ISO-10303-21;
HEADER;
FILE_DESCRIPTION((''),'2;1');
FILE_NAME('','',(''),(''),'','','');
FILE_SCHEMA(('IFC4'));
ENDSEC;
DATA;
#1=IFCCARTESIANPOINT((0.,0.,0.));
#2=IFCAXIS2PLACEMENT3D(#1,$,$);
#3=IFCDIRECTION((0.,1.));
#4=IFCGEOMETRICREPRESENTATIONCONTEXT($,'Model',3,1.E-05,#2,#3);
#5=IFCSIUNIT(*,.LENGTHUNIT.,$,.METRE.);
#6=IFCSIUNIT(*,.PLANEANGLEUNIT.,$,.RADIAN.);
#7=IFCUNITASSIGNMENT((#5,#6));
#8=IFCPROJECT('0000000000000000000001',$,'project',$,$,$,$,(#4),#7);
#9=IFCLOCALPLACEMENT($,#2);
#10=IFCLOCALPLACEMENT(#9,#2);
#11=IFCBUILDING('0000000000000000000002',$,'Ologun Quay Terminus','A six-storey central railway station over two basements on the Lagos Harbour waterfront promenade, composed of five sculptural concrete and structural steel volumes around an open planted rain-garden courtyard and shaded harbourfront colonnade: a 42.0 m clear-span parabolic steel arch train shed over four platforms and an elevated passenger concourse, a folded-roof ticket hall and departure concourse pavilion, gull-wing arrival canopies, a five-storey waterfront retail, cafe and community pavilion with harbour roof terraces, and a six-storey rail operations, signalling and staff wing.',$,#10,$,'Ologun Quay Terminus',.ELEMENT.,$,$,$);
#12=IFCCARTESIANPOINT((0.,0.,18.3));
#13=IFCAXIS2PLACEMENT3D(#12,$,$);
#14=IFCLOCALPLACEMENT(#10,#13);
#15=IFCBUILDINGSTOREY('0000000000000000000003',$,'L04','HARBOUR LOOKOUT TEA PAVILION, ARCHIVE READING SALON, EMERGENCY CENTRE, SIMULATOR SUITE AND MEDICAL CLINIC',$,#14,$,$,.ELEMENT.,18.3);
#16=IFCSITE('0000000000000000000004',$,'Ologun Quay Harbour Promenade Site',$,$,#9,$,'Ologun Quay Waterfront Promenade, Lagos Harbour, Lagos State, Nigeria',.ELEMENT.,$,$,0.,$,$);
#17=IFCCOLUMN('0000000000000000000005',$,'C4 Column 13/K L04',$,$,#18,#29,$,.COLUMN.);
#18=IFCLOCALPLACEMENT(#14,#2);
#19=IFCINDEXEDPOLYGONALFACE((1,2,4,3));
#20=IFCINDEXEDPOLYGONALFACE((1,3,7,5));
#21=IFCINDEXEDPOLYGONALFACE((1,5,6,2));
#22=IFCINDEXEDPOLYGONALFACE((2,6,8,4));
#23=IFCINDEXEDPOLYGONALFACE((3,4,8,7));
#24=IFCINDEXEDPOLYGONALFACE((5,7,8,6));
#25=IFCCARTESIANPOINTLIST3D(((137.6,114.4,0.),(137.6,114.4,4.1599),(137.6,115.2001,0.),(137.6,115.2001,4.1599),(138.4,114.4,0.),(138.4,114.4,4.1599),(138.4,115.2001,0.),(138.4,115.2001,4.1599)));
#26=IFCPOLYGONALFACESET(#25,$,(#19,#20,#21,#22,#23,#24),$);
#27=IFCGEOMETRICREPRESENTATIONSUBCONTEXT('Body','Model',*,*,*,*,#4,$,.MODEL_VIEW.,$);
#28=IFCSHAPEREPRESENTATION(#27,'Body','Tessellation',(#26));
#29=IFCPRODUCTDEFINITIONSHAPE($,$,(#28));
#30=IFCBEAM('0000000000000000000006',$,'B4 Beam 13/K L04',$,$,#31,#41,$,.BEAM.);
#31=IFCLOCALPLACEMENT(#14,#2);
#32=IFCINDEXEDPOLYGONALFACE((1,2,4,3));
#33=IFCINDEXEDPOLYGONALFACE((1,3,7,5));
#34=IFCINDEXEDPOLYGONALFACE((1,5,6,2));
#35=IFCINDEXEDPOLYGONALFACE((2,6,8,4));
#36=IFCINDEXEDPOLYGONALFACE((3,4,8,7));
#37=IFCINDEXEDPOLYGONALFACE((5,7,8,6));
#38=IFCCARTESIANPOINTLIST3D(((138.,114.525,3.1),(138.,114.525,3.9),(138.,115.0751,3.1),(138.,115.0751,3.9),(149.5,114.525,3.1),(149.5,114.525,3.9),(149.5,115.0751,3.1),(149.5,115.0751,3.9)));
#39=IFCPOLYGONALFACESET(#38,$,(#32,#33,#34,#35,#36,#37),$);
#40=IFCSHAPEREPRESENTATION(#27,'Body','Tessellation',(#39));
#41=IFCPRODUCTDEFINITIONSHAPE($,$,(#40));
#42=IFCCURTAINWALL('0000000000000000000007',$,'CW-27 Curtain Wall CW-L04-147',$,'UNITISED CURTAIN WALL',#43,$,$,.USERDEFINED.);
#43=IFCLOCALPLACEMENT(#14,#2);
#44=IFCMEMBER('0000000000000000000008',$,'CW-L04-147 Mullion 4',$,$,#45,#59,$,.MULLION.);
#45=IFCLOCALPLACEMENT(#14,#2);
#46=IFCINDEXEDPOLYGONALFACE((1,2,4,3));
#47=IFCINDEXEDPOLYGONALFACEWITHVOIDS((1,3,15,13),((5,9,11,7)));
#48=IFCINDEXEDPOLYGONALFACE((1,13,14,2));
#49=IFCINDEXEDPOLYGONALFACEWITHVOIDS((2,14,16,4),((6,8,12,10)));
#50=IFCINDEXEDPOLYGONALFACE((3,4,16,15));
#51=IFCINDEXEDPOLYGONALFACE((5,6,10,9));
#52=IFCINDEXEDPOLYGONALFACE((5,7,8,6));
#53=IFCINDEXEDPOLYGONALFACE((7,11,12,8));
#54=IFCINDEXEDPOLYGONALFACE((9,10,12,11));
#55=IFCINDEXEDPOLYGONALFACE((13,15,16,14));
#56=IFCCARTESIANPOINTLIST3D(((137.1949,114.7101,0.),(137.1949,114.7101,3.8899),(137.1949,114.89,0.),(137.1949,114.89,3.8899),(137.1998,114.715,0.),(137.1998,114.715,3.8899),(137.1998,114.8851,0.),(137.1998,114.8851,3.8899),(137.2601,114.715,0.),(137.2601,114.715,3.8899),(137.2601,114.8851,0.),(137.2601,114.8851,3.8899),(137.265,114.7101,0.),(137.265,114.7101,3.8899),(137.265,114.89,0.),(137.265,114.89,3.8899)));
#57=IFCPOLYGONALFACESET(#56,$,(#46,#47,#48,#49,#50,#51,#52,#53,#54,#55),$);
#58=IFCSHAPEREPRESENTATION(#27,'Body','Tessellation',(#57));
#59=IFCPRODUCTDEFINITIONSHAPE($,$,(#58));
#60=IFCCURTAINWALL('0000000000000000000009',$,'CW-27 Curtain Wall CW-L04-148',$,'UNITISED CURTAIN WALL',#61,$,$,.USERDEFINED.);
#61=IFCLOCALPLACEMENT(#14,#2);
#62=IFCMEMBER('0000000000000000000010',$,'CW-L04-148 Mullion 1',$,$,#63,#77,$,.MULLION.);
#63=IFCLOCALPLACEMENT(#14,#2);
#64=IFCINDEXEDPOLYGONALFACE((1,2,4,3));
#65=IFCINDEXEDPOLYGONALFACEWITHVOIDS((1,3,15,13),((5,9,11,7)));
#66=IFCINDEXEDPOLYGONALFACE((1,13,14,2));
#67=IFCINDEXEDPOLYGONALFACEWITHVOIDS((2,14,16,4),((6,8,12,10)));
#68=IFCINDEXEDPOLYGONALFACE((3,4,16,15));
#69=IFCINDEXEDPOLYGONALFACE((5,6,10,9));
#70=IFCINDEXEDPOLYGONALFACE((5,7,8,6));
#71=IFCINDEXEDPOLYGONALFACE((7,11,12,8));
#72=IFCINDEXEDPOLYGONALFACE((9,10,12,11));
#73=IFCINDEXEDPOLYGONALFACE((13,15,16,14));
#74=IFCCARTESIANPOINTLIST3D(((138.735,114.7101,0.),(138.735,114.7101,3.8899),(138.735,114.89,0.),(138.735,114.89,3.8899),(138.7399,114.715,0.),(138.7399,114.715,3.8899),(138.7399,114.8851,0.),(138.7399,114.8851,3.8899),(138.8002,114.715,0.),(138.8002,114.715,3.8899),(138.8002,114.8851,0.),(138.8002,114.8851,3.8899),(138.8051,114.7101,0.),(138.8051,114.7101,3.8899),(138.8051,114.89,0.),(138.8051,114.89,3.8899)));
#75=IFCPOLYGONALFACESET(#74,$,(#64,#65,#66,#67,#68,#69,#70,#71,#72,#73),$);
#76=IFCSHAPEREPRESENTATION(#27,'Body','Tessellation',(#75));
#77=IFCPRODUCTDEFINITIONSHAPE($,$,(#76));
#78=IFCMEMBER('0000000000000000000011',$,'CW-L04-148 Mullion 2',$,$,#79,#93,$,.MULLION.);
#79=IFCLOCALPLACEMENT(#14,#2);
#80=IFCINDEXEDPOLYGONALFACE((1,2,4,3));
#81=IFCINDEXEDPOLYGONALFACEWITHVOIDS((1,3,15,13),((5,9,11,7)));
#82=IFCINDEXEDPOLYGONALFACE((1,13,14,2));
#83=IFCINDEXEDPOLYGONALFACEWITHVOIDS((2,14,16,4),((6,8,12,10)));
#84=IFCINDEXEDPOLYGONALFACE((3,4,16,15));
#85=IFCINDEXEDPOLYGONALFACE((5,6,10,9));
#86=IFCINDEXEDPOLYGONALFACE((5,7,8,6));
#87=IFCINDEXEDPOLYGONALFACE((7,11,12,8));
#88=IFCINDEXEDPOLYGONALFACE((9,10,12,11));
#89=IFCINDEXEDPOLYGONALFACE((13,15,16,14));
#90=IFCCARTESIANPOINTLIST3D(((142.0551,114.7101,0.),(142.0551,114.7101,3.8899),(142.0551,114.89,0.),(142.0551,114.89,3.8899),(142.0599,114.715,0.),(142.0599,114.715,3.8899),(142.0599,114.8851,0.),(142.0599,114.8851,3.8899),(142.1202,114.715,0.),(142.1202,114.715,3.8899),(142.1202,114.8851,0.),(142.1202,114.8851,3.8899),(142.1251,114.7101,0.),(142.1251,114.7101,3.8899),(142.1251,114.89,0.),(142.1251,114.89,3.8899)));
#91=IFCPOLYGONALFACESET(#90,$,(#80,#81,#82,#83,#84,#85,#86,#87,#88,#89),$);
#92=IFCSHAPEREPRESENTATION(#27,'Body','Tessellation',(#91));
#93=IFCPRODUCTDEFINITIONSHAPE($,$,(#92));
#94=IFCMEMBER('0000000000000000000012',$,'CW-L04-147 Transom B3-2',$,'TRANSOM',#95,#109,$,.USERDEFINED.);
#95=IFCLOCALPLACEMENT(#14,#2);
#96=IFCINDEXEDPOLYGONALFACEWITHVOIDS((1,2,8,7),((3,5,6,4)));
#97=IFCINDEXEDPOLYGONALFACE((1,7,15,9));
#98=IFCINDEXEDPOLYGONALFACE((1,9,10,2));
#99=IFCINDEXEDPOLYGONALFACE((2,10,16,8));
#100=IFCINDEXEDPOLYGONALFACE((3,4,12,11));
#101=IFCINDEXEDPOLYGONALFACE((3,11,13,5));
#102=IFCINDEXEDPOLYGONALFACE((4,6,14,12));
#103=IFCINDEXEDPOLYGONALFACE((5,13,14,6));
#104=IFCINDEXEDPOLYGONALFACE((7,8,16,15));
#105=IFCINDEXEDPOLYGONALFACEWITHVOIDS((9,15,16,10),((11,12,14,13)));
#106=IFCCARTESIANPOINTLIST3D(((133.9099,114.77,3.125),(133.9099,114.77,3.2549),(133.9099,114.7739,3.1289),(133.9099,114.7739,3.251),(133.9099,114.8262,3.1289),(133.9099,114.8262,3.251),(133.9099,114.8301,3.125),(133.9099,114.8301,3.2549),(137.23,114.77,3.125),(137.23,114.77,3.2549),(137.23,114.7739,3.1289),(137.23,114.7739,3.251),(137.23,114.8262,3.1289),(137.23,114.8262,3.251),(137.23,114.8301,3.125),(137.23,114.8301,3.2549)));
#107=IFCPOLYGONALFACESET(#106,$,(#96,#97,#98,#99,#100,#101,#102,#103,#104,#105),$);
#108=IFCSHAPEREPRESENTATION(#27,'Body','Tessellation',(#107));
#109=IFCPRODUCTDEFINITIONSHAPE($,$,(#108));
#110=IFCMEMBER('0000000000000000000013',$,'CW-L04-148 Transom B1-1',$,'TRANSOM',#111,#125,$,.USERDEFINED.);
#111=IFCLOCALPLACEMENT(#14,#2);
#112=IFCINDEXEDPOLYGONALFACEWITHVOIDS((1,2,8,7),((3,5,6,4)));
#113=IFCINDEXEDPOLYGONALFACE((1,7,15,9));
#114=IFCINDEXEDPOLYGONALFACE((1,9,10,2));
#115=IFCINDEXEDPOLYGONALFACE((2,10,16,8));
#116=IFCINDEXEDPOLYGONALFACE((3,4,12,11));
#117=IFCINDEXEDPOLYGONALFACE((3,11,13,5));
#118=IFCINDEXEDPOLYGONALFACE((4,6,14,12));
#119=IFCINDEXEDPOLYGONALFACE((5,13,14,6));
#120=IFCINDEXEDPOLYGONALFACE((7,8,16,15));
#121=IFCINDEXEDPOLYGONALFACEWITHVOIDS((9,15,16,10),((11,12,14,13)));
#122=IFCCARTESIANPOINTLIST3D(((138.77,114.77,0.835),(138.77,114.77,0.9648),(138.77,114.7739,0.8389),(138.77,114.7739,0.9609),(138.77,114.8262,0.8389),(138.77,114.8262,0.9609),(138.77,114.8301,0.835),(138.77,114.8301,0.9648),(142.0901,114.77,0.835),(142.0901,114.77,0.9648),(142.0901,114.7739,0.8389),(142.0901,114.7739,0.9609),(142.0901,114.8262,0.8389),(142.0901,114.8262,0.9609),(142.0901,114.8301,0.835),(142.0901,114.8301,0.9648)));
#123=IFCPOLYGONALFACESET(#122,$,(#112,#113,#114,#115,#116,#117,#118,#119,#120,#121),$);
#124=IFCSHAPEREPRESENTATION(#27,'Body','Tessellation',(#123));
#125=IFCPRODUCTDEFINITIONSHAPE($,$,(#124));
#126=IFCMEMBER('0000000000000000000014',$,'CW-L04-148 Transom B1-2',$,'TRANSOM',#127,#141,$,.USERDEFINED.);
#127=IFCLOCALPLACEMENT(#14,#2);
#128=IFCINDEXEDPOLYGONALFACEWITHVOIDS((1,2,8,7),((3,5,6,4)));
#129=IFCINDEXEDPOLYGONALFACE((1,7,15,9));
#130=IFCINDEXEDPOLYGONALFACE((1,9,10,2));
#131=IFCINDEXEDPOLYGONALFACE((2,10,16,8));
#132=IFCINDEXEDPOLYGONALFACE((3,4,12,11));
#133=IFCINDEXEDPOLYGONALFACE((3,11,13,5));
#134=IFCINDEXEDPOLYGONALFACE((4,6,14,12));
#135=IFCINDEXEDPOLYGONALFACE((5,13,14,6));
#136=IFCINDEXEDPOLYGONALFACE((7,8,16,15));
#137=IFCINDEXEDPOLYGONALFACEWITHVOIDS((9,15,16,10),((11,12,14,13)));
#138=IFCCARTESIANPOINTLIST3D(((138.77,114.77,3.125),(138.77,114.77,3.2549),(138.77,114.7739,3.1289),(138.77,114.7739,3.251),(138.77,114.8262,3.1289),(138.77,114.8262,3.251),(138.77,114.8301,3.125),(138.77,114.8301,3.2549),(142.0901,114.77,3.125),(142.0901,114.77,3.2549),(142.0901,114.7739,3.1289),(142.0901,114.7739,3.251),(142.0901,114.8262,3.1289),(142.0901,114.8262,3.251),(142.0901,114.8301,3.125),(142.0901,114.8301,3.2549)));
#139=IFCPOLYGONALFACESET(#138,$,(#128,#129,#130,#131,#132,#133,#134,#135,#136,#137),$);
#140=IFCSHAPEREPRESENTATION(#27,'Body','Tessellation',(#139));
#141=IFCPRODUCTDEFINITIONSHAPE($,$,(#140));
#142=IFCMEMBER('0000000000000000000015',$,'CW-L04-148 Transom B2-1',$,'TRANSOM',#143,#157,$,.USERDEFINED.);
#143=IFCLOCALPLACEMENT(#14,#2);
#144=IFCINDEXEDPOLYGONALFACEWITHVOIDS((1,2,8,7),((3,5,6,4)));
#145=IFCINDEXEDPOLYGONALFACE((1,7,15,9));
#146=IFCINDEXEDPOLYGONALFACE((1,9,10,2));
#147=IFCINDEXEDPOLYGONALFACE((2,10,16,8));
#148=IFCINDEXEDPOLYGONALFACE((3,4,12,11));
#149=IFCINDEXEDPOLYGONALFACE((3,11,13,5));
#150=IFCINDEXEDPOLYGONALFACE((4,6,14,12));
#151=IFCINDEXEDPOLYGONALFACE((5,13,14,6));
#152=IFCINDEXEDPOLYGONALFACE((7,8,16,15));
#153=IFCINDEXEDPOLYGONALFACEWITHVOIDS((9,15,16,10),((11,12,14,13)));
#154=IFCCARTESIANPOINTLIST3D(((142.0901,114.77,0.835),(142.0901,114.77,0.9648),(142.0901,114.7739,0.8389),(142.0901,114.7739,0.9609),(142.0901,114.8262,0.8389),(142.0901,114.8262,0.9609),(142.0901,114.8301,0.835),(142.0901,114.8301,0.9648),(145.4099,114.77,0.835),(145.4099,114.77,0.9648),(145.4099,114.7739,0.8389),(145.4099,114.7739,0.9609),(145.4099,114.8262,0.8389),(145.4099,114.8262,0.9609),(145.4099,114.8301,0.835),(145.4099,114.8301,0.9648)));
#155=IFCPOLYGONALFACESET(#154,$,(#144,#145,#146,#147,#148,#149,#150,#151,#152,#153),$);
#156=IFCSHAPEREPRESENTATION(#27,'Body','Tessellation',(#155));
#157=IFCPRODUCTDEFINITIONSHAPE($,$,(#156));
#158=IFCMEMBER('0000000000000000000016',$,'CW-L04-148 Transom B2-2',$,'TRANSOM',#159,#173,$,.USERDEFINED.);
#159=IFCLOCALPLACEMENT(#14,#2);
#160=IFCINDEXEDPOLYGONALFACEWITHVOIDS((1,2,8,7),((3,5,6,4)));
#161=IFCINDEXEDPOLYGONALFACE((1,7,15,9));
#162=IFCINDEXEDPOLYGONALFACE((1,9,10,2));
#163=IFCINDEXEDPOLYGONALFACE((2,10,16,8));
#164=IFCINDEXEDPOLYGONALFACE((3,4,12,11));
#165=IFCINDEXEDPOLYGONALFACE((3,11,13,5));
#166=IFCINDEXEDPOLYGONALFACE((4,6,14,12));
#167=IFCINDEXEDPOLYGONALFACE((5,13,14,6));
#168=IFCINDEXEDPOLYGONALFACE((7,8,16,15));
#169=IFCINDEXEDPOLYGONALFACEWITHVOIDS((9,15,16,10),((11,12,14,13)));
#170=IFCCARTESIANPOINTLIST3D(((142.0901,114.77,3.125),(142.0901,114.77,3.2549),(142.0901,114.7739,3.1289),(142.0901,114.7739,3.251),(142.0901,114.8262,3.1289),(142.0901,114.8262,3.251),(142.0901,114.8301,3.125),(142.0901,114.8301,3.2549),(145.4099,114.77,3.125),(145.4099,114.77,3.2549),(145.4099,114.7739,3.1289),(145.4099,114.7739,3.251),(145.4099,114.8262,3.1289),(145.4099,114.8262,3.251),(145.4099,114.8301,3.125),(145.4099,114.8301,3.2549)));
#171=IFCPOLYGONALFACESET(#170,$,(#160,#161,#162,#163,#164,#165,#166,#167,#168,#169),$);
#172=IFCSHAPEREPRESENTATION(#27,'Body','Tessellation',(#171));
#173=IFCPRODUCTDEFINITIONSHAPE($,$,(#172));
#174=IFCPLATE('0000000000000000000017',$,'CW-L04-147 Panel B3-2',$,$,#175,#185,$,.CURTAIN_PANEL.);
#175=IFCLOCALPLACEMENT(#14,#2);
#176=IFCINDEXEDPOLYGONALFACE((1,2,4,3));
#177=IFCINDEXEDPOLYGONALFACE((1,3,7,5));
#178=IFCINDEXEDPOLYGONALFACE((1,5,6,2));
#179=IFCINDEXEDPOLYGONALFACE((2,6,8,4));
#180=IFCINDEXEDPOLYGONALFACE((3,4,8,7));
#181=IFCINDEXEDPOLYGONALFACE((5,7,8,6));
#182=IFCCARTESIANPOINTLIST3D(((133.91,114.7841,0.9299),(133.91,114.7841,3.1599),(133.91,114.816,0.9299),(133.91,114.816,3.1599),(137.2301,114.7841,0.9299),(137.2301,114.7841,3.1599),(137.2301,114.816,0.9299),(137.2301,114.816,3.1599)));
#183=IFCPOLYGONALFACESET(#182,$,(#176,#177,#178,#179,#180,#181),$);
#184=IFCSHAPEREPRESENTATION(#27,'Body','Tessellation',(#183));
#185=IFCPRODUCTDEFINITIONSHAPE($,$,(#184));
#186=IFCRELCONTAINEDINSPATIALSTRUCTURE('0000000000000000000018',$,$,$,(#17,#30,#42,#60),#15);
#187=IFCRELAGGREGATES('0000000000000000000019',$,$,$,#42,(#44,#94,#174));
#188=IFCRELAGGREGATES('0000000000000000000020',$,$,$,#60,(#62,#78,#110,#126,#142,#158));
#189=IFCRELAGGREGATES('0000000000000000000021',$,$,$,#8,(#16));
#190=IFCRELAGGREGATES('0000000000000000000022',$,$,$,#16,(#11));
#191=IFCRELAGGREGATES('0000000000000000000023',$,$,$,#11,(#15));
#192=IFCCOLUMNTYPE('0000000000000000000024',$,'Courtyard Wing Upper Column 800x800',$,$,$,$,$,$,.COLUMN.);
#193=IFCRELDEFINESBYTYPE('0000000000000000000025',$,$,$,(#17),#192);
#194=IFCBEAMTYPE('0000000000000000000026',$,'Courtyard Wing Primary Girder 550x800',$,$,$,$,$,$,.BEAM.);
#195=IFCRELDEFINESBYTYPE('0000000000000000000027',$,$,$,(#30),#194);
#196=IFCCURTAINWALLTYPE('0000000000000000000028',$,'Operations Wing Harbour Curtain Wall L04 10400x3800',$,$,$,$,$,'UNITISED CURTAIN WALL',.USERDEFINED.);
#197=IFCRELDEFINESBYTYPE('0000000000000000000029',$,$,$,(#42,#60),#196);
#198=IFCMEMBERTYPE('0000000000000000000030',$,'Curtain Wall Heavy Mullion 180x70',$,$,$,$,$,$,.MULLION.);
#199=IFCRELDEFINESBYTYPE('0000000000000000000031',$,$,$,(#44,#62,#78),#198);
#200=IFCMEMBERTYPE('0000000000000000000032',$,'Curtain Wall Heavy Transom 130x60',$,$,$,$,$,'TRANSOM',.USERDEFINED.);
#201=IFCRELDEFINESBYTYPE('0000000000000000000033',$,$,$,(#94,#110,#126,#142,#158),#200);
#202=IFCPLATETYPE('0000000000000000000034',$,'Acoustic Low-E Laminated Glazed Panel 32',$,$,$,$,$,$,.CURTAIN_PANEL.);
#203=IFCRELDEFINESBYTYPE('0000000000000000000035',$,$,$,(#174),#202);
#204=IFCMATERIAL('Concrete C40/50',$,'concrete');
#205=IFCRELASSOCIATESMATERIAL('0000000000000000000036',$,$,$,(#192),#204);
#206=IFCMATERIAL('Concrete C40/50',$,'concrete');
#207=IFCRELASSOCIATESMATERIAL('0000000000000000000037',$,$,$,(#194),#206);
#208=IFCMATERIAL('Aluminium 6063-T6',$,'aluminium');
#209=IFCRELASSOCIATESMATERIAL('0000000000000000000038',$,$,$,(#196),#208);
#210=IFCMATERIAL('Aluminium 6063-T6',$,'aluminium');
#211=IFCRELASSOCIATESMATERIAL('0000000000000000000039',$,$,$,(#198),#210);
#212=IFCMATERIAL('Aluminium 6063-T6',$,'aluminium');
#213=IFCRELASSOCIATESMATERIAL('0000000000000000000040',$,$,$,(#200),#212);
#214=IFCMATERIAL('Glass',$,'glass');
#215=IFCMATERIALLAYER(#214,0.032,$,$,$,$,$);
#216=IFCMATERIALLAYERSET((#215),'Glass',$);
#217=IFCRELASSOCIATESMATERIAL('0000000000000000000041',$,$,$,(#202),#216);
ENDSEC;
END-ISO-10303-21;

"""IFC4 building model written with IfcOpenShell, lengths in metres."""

from ifc_helpers import new_model, si_unit, direction, frame, origin, origin_2d, place, context, subcontext, project, spatial, rectangle, hollow_rectangle, extrude, material, layer, layer_set, material_profile, profile_set, type_object, element, aggregate, save


model = new_model("IFC4")

# Units and contexts
model_context = context("Model", 3, precision=1e-05, world=origin(), true_north=direction((0.0, 1.0)))
body_context = subcontext(model_context, "Body", "Model", "MODEL_VIEW")
ifc_project = project(units=[si_unit("LENGTHUNIT", "METRE"), si_unit("PLANEANGLEUNIT", "RADIAN")], contexts=[model_context])

# Site, building, storey
site_placement = place(None, origin())
site = spatial("IfcSite", under=ifc_project, at=site_placement, Name="Ologun Quay Harbour Promenade Site", LongName="Ologun Quay Waterfront Promenade, Lagos Harbour, Lagos State, Nigeria", CompositionType="ELEMENT", RefElevation=0.0)
building_placement = place(site_placement, origin())
building = spatial("IfcBuilding", under=site, at=building_placement, Name="Ologun Quay Terminus", Description="A six-storey central railway station over two basements on the Lagos Harbour waterfront promenade, composed of five sculptural concrete and structural steel volumes around an open planted rain-garden courtyard and shaded harbourfront colonnade: a 42.0 m clear-span parabolic steel arch train shed over four platforms and an elevated passenger concourse, a folded-roof ticket hall and departure concourse pavilion, gull-wing arrival canopies, a five-storey waterfront retail, cafe and community pavilion with harbour roof terraces, and a six-storey rail operations, signalling and staff wing.", LongName="Ologun Quay Terminus", CompositionType="ELEMENT")
storey_placement = place(building_placement, frame((0.0, 0.0, 18.3)))
storey = spatial("IfcBuildingStorey", under=building, at=storey_placement, Name="L04", Description="HARBOUR LOOKOUT TEA PAVILION, ARCHIVE READING SALON, EMERGENCY CENTRE, SIMULATOR SUITE AND MEDICAL CLINIC", CompositionType="ELEMENT", Elevation=18.3)

# Column
ifc_material_1 = material(Name="Concrete C40/50", Category="concrete")
ifc_material_profile_1 = material_profile(ifc_material_1, rectangle(XDim=0.8, YDim=0.8, at=origin_2d()), Name="RC 800x800")
ifc_profile_set_1 = profile_set([ifc_material_profile_1], Name="Concrete C40/50")
column_type = type_object("IfcColumnType", Name="Courtyard Wing Upper Column 800x800", PredefinedType="COLUMN", material=ifc_profile_set_1)
column_placement = place(storey_placement, frame((138.0, 114.8, 0.0), z_axis=(0.0, 0.0, 1.0), x_axis=(1.0, 0.0, 0.0)))
element("IfcColumn", 1, at=column_placement, inside=storey, type_object=column_type, Name="C4 Column 13/K L04", PredefinedType="COLUMN", context=body_context, shape_type="SweptSolid", body=[
    extrude(rectangle(XDim=0.8, YDim=0.8, at=origin_2d()), origin(), (0.0, 0.0, 1.0), 4.1599),
])

# Beam
ifc_material_2 = material(Name="Concrete C40/50", Category="concrete")
ifc_material_profile_2 = material_profile(ifc_material_2, rectangle(XDim=0.55, YDim=0.8, at=origin_2d()), Name="RC 550x800")
ifc_profile_set_2 = profile_set([ifc_material_profile_2], Name="Concrete C40/50")
beam_type = type_object("IfcBeamType", Name="Courtyard Wing Primary Girder 550x800", PredefinedType="BEAM", material=ifc_profile_set_2)
beam_placement = place(storey_placement, frame((138.0, 114.8, 3.5), z_axis=(1.0, 0.0, 0.0), x_axis=(0.0, 1.0, 0.0)))
element("IfcBeam", 2, at=beam_placement, inside=storey, type_object=beam_type, Name="B4 Beam 13/K L04", PredefinedType="BEAM", context=body_context, shape_type="SweptSolid", body=[
    extrude(rectangle(XDim=0.55, YDim=0.8, at=origin_2d()), origin(), (0.0, 0.0, 1.0), 11.5),
])

# Curtain wall, member
ifc_material_3 = material(Name="Aluminium 6063-T6", Category="aluminium")
curtain_wall_type = type_object("IfcCurtainWallType", Name="Operations Wing Harbour Curtain Wall L04 10400x3800", ElementType="UNITISED CURTAIN WALL", PredefinedType="USERDEFINED", material=ifc_material_3)
curtain_wall_1_placement = place(storey_placement, origin())
curtain_wall_1 = element("IfcCurtainWall", 3, at=curtain_wall_1_placement, inside=storey, type_object=curtain_wall_type, Name="CW-27 Curtain Wall CW-L04-147", ObjectType="UNITISED CURTAIN WALL", PredefinedType="USERDEFINED")
ifc_material_4 = material(Name="Aluminium 6063-T6", Category="aluminium")
ifc_material_profile_3 = material_profile(ifc_material_4, hollow_rectangle(XDim=0.0701, YDim=0.1799, WallThickness=0.0049, at=origin_2d()), Name="ALU 180x70x5")
ifc_profile_set_3 = profile_set([ifc_material_profile_3], Name="Aluminium 6063-T6")
member_type_1 = type_object("IfcMemberType", Name="Curtain Wall Heavy Mullion 180x70", PredefinedType="MULLION", material=ifc_profile_set_3)
member_1_placement = place(storey_placement, frame((137.23, 114.8, 0.0), z_axis=(0.0, 0.0, 1.0), x_axis=(1.0, 0.0, 0.0)))
member_1 = element("IfcMember", 4, at=member_1_placement, type_object=member_type_1, Name="CW-L04-147 Mullion 4", PredefinedType="MULLION", context=body_context, shape_type="SweptSolid", body=[
    extrude(hollow_rectangle(XDim=0.0701, YDim=0.1799, WallThickness=0.0049, at=origin_2d()), origin(), (0.0, 0.0, 1.0), 3.8899),
])

# Curtain wall, members
curtain_wall_2_placement = place(storey_placement, origin())
curtain_wall_2 = element("IfcCurtainWall", 5, at=curtain_wall_2_placement, inside=storey, type_object=curtain_wall_type, Name="CW-27 Curtain Wall CW-L04-148", ObjectType="UNITISED CURTAIN WALL", PredefinedType="USERDEFINED")
member_2_placement = place(storey_placement, frame((138.77, 114.8, 0.0), z_axis=(0.0, 0.0, 1.0), x_axis=(1.0, 0.0, 0.0)))
member_2 = element("IfcMember", 6, at=member_2_placement, type_object=member_type_1, Name="CW-L04-148 Mullion 1", PredefinedType="MULLION", context=body_context, shape_type="SweptSolid", body=[
    extrude(hollow_rectangle(XDim=0.0701, YDim=0.1799, WallThickness=0.0049, at=origin_2d()), origin(), (0.0, 0.0, 1.0), 3.8899),
])
member_3_placement = place(storey_placement, frame((142.0901, 114.8, 0.0), z_axis=(0.0, 0.0, 1.0), x_axis=(1.0, 0.0, 0.0)))
member_3 = element("IfcMember", 7, at=member_3_placement, type_object=member_type_1, Name="CW-L04-148 Mullion 2", PredefinedType="MULLION", context=body_context, shape_type="SweptSolid", body=[
    extrude(hollow_rectangle(XDim=0.0701, YDim=0.1799, WallThickness=0.0049, at=origin_2d()), origin(), (0.0, 0.0, 1.0), 3.8899),
])

# Members
ifc_material_5 = material(Name="Aluminium 6063-T6", Category="aluminium")
ifc_material_profile_4 = material_profile(ifc_material_5, hollow_rectangle(XDim=0.0601, YDim=0.1299, WallThickness=0.0039, at=origin_2d()), Name="ALU 130x60x4")
ifc_profile_set_4 = profile_set([ifc_material_profile_4], Name="Aluminium 6063-T6")
member_type_2 = type_object("IfcMemberType", Name="Curtain Wall Heavy Transom 130x60", ElementType="TRANSOM", PredefinedType="USERDEFINED", material=ifc_profile_set_4)
member_4_placement = place(storey_placement, frame((133.9099, 114.8, 3.1899), z_axis=(1.0, 0.0, 0.0), x_axis=(0.0, 1.0, 0.0)))
member_4 = element("IfcMember", 8, at=member_4_placement, type_object=member_type_2, Name="CW-L04-147 Transom B3-2", ObjectType="TRANSOM", PredefinedType="USERDEFINED", context=body_context, shape_type="SweptSolid", body=[
    extrude(hollow_rectangle(XDim=0.0601, YDim=0.1299, WallThickness=0.0039, at=origin_2d()), origin(), (0.0, 0.0, 1.0), 3.3201),
])
member_5_placement = place(storey_placement, frame((138.77, 114.8, 0.8999), z_axis=(1.0, 0.0, 0.0), x_axis=(0.0, 1.0, 0.0)))
member_5 = element("IfcMember", 9, at=member_5_placement, type_object=member_type_2, Name="CW-L04-148 Transom B1-1", ObjectType="TRANSOM", PredefinedType="USERDEFINED", context=body_context, shape_type="SweptSolid", body=[
    extrude(hollow_rectangle(XDim=0.0601, YDim=0.1299, WallThickness=0.0039, at=origin_2d()), origin(), (0.0, 0.0, 1.0), 3.3201),
])
member_6_placement = place(storey_placement, frame((138.77, 114.8, 3.1899), z_axis=(1.0, 0.0, 0.0), x_axis=(0.0, 1.0, 0.0)))
member_6 = element("IfcMember", 10, at=member_6_placement, type_object=member_type_2, Name="CW-L04-148 Transom B1-2", ObjectType="TRANSOM", PredefinedType="USERDEFINED", context=body_context, shape_type="SweptSolid", body=[
    extrude(hollow_rectangle(XDim=0.0601, YDim=0.1299, WallThickness=0.0039, at=origin_2d()), origin(), (0.0, 0.0, 1.0), 3.3201),
])
member_7_placement = place(storey_placement, frame((142.0901, 114.8, 0.8999), z_axis=(1.0, 0.0, 0.0), x_axis=(0.0, 1.0, 0.0)))
member_7 = element("IfcMember", 11, at=member_7_placement, type_object=member_type_2, Name="CW-L04-148 Transom B2-1", ObjectType="TRANSOM", PredefinedType="USERDEFINED", context=body_context, shape_type="SweptSolid", body=[
    extrude(hollow_rectangle(XDim=0.0601, YDim=0.1299, WallThickness=0.0039, at=origin_2d()), origin(), (0.0, 0.0, 1.0), 3.3198),
])
member_8_placement = place(storey_placement, frame((142.0901, 114.8, 3.1899), z_axis=(1.0, 0.0, 0.0), x_axis=(0.0, 1.0, 0.0)))
member_8 = element("IfcMember", 12, at=member_8_placement, type_object=member_type_2, Name="CW-L04-148 Transom B2-2", ObjectType="TRANSOM", PredefinedType="USERDEFINED", context=body_context, shape_type="SweptSolid", body=[
    extrude(hollow_rectangle(XDim=0.0601, YDim=0.1299, WallThickness=0.0039, at=origin_2d()), origin(), (0.0, 0.0, 1.0), 3.3198),
])

# Plate
ifc_material_6 = material(Name="Glass", Category="glass")
ifc_layer_1 = layer(ifc_material_6, 0.032)
ifc_layer_set_1 = layer_set([ifc_layer_1], Name="Glass")
plate_type_1 = type_object("IfcPlateType", Name="Acoustic Low-E Laminated Glazed Panel 32", PredefinedType="CURTAIN_PANEL", material=ifc_layer_set_1)
plate_1_placement = place(storey_placement, frame((135.5701, 114.8, 0.9299), z_axis=(0.0, 0.0, 1.0), x_axis=(1.0, 0.0, 0.0)))
plate_1 = element("IfcPlate", 13, at=plate_1_placement, type_object=plate_type_1, Name="CW-L04-147 Panel B3-2", PredefinedType="CURTAIN_PANEL", context=body_context, shape_type="SweptSolid", body=[
    extrude(rectangle(XDim=3.3201, YDim=0.032, at=origin_2d()), origin(), (0.0, 0.0, 1.0), 2.23),
])
aggregate(curtain_wall_1, [member_1, member_4, plate_1])
aggregate(curtain_wall_2, [member_2, member_3, member_5, member_6, member_7, member_8])

save(model, "model.ifc")
